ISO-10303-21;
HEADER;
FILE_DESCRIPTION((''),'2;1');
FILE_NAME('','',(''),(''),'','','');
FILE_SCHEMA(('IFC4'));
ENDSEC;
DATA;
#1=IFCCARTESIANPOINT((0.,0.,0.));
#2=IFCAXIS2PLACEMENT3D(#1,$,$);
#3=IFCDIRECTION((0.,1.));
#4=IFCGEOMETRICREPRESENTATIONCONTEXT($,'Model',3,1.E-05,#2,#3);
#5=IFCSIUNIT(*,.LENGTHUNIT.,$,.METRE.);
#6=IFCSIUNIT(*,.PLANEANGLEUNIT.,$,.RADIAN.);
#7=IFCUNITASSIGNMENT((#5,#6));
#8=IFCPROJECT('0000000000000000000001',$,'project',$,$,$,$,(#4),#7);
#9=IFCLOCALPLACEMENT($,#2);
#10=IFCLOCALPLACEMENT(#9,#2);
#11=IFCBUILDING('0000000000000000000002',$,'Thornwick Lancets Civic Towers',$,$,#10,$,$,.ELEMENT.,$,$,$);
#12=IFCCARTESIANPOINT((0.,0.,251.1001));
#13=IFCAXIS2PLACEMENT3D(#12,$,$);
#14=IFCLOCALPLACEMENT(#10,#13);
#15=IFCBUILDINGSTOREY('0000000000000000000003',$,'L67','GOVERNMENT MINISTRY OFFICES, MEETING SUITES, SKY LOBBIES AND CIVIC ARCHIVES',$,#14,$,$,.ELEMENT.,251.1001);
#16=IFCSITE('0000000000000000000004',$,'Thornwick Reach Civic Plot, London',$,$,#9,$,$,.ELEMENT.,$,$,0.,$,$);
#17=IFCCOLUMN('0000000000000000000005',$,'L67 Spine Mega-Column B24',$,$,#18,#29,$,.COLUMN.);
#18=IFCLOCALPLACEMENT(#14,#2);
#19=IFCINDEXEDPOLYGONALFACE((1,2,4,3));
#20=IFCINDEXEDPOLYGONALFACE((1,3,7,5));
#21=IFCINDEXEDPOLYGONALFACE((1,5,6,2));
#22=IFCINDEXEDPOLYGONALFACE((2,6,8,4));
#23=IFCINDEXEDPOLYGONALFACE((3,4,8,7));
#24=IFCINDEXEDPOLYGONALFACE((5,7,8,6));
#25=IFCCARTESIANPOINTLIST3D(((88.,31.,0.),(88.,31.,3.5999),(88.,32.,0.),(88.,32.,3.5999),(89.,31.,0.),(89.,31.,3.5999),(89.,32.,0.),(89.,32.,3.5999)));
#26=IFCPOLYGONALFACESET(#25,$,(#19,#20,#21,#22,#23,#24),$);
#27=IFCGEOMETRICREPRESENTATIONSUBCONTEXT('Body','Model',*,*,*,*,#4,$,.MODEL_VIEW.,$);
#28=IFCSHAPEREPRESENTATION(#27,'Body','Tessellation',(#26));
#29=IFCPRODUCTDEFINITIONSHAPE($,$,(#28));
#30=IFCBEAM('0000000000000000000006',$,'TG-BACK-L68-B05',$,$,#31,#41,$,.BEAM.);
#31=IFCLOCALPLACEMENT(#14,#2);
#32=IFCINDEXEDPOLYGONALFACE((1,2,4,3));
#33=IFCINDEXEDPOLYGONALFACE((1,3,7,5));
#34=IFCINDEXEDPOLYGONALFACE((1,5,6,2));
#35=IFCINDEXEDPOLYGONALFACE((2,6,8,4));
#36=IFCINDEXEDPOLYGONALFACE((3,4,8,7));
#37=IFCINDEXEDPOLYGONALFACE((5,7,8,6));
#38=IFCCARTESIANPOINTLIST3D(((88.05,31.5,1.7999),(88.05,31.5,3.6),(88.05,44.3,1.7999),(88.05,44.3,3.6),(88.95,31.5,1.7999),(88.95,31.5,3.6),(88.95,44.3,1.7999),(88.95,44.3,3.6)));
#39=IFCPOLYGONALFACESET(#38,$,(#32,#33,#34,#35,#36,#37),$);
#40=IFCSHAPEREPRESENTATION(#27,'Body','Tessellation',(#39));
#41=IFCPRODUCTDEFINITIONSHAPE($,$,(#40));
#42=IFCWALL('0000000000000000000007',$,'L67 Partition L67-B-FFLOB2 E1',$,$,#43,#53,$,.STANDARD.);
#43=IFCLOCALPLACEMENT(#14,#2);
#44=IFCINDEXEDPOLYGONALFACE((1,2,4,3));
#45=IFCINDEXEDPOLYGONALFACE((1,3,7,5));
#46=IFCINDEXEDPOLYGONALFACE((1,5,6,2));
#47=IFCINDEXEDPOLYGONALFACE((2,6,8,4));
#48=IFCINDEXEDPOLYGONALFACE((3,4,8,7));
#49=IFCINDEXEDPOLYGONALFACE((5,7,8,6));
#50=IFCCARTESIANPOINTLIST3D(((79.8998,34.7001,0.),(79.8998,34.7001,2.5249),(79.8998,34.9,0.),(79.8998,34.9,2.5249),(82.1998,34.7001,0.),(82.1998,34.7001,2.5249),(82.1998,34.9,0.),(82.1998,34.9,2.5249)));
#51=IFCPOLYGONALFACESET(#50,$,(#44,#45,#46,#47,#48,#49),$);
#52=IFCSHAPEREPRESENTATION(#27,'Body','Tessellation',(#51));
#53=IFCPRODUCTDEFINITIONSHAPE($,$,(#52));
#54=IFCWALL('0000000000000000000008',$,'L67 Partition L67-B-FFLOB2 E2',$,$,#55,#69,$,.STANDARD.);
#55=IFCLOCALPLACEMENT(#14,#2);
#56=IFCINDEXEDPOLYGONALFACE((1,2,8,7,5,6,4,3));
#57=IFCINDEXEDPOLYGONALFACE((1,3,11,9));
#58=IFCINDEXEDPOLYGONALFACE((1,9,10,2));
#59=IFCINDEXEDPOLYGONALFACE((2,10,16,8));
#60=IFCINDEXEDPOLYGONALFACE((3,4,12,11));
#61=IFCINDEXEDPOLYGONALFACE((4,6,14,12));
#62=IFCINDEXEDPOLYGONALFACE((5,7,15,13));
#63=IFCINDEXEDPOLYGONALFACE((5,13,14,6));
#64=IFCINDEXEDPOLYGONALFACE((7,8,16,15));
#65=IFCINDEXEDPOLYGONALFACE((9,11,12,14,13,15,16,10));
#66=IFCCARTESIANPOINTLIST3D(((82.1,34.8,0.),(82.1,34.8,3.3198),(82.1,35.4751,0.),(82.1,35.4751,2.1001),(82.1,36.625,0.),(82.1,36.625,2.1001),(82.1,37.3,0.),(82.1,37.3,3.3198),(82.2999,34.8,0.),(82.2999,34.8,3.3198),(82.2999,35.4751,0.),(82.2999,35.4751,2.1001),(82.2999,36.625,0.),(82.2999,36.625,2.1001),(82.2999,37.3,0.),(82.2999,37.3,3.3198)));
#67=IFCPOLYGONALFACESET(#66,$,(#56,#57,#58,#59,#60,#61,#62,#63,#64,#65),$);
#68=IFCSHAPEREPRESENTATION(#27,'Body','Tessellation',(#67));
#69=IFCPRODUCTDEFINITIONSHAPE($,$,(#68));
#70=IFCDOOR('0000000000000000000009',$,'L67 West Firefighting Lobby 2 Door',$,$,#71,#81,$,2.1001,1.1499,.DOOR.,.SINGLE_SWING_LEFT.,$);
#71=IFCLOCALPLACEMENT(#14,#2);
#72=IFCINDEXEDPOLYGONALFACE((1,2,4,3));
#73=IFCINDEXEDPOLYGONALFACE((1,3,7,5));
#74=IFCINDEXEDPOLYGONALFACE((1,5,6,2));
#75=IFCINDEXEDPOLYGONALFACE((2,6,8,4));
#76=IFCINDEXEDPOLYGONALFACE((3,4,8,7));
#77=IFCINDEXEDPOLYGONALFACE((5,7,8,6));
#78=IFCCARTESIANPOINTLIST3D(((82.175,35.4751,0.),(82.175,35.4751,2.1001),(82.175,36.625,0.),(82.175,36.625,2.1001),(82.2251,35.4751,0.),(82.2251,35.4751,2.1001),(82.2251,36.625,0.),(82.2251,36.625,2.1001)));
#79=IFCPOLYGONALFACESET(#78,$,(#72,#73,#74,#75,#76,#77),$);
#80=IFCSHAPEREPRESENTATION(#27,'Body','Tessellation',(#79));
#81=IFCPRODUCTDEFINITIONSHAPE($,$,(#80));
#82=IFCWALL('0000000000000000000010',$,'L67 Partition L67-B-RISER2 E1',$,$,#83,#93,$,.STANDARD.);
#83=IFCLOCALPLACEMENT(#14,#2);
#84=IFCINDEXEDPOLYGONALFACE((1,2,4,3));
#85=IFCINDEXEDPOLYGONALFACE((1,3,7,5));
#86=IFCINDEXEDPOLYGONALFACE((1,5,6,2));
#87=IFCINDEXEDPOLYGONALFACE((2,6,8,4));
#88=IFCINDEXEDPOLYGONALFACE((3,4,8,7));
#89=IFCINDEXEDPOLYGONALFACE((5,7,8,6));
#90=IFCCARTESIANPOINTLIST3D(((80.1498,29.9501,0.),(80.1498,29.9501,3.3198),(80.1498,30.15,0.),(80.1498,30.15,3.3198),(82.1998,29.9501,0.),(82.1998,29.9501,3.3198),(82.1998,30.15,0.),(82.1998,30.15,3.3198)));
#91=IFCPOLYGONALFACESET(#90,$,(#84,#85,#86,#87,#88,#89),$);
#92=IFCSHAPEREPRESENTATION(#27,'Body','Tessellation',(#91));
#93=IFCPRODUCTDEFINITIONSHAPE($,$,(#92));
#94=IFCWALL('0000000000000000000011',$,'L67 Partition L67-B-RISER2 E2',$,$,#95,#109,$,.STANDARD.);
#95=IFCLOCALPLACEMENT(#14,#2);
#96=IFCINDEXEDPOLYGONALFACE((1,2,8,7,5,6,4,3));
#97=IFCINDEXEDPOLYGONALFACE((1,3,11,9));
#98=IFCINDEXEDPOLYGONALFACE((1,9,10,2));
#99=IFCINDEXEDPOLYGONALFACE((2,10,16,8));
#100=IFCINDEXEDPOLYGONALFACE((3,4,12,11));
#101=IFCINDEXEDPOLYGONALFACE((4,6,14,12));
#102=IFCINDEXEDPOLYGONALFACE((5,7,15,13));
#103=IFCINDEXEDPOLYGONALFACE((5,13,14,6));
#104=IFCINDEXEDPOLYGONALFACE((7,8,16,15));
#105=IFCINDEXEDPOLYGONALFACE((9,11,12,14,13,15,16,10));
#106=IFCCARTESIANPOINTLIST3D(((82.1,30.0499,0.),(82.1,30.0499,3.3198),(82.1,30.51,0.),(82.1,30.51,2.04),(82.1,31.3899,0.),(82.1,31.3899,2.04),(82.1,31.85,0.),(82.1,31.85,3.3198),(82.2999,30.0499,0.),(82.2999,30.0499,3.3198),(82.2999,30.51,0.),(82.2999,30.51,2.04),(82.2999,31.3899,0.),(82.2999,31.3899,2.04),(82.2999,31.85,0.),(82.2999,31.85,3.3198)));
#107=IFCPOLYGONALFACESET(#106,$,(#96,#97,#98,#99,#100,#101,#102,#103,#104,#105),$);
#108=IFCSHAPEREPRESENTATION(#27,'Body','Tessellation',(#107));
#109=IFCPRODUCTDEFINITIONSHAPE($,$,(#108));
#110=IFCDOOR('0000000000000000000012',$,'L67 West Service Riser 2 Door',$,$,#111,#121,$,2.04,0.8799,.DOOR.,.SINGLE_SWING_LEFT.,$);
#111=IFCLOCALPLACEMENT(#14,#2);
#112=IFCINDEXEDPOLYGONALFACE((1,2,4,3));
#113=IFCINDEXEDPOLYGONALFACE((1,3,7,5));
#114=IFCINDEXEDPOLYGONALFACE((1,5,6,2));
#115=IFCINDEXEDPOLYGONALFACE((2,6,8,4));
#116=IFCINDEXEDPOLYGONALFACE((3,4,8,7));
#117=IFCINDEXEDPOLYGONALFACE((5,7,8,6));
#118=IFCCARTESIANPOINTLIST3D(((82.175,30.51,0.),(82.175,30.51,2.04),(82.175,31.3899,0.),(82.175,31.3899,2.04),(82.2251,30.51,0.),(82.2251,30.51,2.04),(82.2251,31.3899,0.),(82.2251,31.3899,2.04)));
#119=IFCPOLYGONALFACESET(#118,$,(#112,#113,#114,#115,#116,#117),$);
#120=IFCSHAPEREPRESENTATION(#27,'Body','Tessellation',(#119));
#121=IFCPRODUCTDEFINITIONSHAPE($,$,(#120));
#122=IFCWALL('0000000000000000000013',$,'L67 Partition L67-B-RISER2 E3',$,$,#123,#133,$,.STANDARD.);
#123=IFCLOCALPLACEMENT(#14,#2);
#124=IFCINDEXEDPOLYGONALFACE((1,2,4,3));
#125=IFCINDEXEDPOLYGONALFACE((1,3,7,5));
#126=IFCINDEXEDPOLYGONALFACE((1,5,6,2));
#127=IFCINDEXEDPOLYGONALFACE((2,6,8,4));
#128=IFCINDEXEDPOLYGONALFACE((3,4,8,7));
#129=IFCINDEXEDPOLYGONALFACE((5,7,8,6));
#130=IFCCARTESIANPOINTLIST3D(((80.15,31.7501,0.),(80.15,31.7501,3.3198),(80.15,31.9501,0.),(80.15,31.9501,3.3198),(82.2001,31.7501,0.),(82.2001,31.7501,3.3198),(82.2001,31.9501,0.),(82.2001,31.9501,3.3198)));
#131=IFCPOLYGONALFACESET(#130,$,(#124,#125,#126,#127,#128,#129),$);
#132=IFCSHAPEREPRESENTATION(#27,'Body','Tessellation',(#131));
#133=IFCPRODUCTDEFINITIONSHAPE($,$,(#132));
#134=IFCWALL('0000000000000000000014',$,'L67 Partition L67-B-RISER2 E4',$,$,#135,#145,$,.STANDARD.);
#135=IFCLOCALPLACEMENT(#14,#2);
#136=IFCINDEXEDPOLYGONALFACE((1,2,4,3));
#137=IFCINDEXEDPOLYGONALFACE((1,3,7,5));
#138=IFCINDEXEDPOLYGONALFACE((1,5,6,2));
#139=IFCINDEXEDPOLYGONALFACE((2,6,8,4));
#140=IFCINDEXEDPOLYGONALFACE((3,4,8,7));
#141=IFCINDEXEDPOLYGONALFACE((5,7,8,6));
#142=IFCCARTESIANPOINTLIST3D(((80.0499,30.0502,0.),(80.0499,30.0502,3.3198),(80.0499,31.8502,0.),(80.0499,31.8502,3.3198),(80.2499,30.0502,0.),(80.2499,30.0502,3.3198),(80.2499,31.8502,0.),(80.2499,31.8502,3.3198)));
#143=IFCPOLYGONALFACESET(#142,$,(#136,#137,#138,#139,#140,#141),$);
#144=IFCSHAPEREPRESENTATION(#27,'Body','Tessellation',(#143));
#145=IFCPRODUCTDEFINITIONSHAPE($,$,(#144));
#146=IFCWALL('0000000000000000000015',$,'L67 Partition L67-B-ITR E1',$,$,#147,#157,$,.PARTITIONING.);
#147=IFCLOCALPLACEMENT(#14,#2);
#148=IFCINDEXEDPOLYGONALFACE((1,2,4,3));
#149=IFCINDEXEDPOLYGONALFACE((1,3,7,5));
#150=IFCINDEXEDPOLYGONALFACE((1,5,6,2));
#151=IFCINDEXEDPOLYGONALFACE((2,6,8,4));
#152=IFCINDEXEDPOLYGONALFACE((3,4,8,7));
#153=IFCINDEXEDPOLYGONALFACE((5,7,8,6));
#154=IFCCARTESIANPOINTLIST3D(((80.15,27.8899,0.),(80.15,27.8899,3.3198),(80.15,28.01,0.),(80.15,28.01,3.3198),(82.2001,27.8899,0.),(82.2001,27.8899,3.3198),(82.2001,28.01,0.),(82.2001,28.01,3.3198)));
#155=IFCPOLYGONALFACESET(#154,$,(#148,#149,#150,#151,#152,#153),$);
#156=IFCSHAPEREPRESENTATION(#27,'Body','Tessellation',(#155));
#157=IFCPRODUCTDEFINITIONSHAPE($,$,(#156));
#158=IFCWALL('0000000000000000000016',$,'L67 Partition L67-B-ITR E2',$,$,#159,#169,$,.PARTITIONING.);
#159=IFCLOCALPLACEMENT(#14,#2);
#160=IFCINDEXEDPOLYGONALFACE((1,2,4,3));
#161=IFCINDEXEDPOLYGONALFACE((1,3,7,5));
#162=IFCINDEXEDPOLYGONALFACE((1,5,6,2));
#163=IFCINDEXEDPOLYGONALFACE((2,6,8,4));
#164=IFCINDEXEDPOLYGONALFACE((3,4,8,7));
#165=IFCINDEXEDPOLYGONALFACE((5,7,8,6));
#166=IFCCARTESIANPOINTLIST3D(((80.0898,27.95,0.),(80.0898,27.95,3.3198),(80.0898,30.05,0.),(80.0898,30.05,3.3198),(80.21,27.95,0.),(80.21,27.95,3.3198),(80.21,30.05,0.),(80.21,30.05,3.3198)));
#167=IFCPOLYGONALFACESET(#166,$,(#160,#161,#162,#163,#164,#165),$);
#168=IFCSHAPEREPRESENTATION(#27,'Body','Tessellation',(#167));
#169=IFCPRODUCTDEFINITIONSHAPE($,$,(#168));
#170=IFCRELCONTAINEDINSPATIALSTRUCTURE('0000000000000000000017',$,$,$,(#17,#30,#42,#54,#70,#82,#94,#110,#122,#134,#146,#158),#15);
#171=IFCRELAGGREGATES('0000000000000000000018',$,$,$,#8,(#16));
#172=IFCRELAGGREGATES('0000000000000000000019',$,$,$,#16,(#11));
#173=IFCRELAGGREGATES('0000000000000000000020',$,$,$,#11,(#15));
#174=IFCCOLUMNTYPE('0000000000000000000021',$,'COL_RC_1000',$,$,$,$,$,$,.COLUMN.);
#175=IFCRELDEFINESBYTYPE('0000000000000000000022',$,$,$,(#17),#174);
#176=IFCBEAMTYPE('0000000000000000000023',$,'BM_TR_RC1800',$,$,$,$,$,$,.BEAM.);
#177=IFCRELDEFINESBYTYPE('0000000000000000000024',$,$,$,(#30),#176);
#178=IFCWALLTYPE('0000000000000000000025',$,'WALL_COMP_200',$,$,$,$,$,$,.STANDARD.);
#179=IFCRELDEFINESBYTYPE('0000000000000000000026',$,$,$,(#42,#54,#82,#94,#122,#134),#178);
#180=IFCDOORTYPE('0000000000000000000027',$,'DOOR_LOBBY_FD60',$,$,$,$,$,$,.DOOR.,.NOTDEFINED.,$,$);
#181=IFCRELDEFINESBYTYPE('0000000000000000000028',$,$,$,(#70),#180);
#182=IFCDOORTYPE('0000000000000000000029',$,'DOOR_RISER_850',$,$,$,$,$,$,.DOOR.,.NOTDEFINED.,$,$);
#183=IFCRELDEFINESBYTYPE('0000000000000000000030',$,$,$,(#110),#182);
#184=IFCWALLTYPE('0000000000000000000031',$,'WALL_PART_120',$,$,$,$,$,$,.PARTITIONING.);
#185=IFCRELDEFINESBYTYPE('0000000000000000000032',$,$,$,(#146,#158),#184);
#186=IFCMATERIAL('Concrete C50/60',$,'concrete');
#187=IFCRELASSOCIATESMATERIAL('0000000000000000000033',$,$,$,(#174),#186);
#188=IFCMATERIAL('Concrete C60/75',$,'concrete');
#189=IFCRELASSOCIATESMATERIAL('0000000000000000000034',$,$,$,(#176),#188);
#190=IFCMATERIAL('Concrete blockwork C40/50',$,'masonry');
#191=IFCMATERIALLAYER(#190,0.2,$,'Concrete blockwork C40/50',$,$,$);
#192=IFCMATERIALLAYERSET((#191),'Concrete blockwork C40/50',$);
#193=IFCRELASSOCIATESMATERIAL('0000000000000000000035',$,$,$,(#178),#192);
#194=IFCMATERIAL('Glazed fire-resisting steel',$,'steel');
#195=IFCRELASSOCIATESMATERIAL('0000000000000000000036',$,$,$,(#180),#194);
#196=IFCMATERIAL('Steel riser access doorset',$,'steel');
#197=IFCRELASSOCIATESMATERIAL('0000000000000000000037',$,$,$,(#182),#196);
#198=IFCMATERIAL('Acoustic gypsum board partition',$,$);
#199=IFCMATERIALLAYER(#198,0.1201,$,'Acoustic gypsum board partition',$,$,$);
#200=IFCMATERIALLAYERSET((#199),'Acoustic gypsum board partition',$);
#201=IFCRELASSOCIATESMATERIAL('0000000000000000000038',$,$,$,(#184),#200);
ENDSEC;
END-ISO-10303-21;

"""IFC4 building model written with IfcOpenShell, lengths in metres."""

from ifc_helpers import new_model, si_unit, direction, frame, frame_2d, origin, origin_2d, place, context, subcontext, project, spatial, rectangle, extrude, material, layer, layer_set, material_profile, profile_set, type_object, element, fill, save


model = new_model("IFC4")

# Units and contexts
model_context = context("Model", 3, precision=1e-05, world=origin(), true_north=direction((0.0, 1.0)))
body_context = subcontext(model_context, "Body", "Model", "MODEL_VIEW")
ifc_project = project(units=[si_unit("LENGTHUNIT", "METRE"), si_unit("PLANEANGLEUNIT", "RADIAN")], contexts=[model_context])

# Site, building, storey
site_placement = place(None, origin())
site = spatial("IfcSite", under=ifc_project, at=site_placement, Name="Thornwick Reach Civic Plot, London", CompositionType="ELEMENT", RefElevation=0.0)
building_placement = place(site_placement, origin())
building = spatial("IfcBuilding", under=site, at=building_placement, Name="Thornwick Lancets Civic Towers", CompositionType="ELEMENT")
storey_placement = place(building_placement, frame((0.0, 0.0, 251.1001)))
storey = spatial("IfcBuildingStorey", under=building, at=storey_placement, Name="L67", Description="GOVERNMENT MINISTRY OFFICES, MEETING SUITES, SKY LOBBIES AND CIVIC ARCHIVES", CompositionType="ELEMENT", Elevation=251.1001)

# Column
ifc_material_1 = material(Name="Concrete C50/60", Category="concrete")
ifc_material_profile_1 = material_profile(ifc_material_1, rectangle(XDim=1.0, YDim=1.0, at=origin_2d()), Name="RC 1000x1000")
ifc_profile_set_1 = profile_set([ifc_material_profile_1], Name="Concrete C50/60")
column_type = type_object("IfcColumnType", Name="COL_RC_1000", PredefinedType="COLUMN", material=ifc_profile_set_1)
column_placement = place(storey_placement, frame((88.5, 31.5, 0.0), z_axis=(0.0, 0.0, 1.0), x_axis=(1.0, 0.0, 0.0)))
element("IfcColumn", 1, at=column_placement, inside=storey, type_object=column_type, Name="L67 Spine Mega-Column B24", PredefinedType="COLUMN", context=body_context, shape_type="SweptSolid", body=[
    extrude(rectangle(XDim=1.0, YDim=1.0, at=origin_2d()), origin(), (0.0, 0.0, 1.0), 3.5999),
])

# Beam
ifc_material_2 = material(Name="Concrete C60/75", Category="concrete")
ifc_material_profile_2 = material_profile(ifc_material_2, rectangle(XDim=0.8999, YDim=1.8, at=origin_2d()), Name="RC 900x1800")
ifc_profile_set_2 = profile_set([ifc_material_profile_2], Name="Concrete C60/75")
beam_type = type_object("IfcBeamType", Name="BM_TR_RC1800", PredefinedType="BEAM", material=ifc_profile_set_2)
beam_placement = place(storey_placement, frame((88.5, 31.5, 2.7), z_axis=(0.0, 1.0, 0.0), x_axis=(-1.0, 0.0, 0.0)))
element("IfcBeam", 2, at=beam_placement, inside=storey, type_object=beam_type, Name="TG-BACK-L68-B05", PredefinedType="BEAM", context=body_context, shape_type="SweptSolid", body=[
    extrude(rectangle(XDim=0.8999, YDim=1.8, at=origin_2d()), origin(), (0.0, 0.0, 1.0), 12.8),
])

# Wall
ifc_material_3 = material(Name="Concrete blockwork C40/50", Category="masonry")
ifc_layer_1 = layer(ifc_material_3, 0.2, Name="Concrete blockwork C40/50")
ifc_layer_set_1 = layer_set([ifc_layer_1], Name="Concrete blockwork C40/50")
wall_type_1 = type_object("IfcWallType", Name="WALL_COMP_200", PredefinedType="STANDARD", material=ifc_layer_set_1)
wall_1_placement = place(storey_placement, frame((79.8999, 34.8, 0.0), z_axis=(0.0, 0.0, 1.0), x_axis=(1.0, 0.0, 0.0)))
element("IfcWall", 3, at=wall_1_placement, inside=storey, type_object=wall_type_1, Name="L67 Partition L67-B-FFLOB2 E1", PredefinedType="STANDARD", context=body_context, shape_type="SweptSolid", body=[
    extrude(rectangle(XDim=2.3, YDim=0.2, at=frame_2d((1.1499, 0.0))), origin(), (0.0, 0.0, 1.0), 2.5249),
])

# Wall, opening, door
wall_2_placement = place(storey_placement, frame((82.2, 34.8, 0.0), z_axis=(0.0, 0.0, 1.0), x_axis=(0.0, 1.0, 0.0)))
wall_2 = element("IfcWall", 4, at=wall_2_placement, inside=storey, type_object=wall_type_1, Name="L67 Partition L67-B-FFLOB2 E2", PredefinedType="STANDARD", context=body_context, shape_type="SweptSolid", body=[
    extrude(rectangle(XDim=2.5, YDim=0.2, at=frame_2d((1.25, 0.0))), origin(), (0.0, 0.0, 1.0), 3.3198),
])
opening_1_placement = place(wall_2_placement, frame((0.675, 0.0, 0.0)))
opening_1 = element("IfcOpeningElement", 5, at=opening_1_placement, cuts=wall_2, PredefinedType="OPENING", context=body_context, shape_type="SweptSolid", body=[
    extrude(rectangle(XDim=1.1499, YDim=2.1001, at=frame_2d((0.575, 1.05))), frame((0.0, 0.1099, 0.0), z_axis=(0.0, -1.0, 0.0), x_axis=(1.0, 0.0, 0.0)), (0.0, 0.0, 1.0), 0.22),
])
ifc_material_4 = material(Name="Glazed fire-resisting steel", Category="steel")
door_type_1 = type_object("IfcDoorType", Name="DOOR_LOBBY_FD60", OperationType="NOTDEFINED", PredefinedType="DOOR", material=ifc_material_4)
door_1_placement = place(opening_1_placement, origin())
door_1 = element("IfcDoor", 6, at=door_1_placement, inside=storey, type_object=door_type_1, Name="L67 West Firefighting Lobby 2 Door", OperationType="SINGLE_SWING_LEFT", OverallHeight=2.1001, OverallWidth=1.1499, PredefinedType="DOOR", context=body_context, shape_type="SweptSolid", body=[
    extrude(rectangle(XDim=1.1499, YDim=2.1001, at=frame_2d((0.575, 1.05))), frame((0.0, 0.0249, 0.0), z_axis=(0.0, -1.0, 0.0), x_axis=(1.0, 0.0, 0.0)), (0.0, 0.0, 1.0), 0.05),
])
fill(opening_1, door_1)

# Wall
wall_3_placement = place(storey_placement, frame((80.1499, 30.05, 0.0), z_axis=(0.0, 0.0, 1.0), x_axis=(1.0, 0.0, 0.0)))
element("IfcWall", 7, at=wall_3_placement, inside=storey, type_object=wall_type_1, Name="L67 Partition L67-B-RISER2 E1", PredefinedType="STANDARD", context=body_context, shape_type="SweptSolid", body=[
    extrude(rectangle(XDim=2.05, YDim=0.2, at=frame_2d((1.0249, 0.0))), origin(), (0.0, 0.0, 1.0), 3.3198),
])

# Wall, opening, door
wall_4_placement = place(storey_placement, frame((82.2, 30.05, 0.0), z_axis=(0.0, 0.0, 1.0), x_axis=(0.0, 1.0, 0.0)))
wall_4 = element("IfcWall", 8, at=wall_4_placement, inside=storey, type_object=wall_type_1, Name="L67 Partition L67-B-RISER2 E2", PredefinedType="STANDARD", context=body_context, shape_type="SweptSolid", body=[
    extrude(rectangle(XDim=1.8, YDim=0.2, at=frame_2d((0.8999, 0.0))), origin(), (0.0, 0.0, 1.0), 3.3198),
])
opening_2_placement = place(wall_4_placement, frame((0.46, 0.0, 0.0)))
opening_2 = element("IfcOpeningElement", 9, at=opening_2_placement, cuts=wall_4, PredefinedType="OPENING", context=body_context, shape_type="SweptSolid", body=[
    extrude(rectangle(XDim=0.8799, YDim=2.04, at=frame_2d((0.4399, 1.02))), frame((0.0, 0.1099, 0.0), z_axis=(0.0, -1.0, 0.0), x_axis=(1.0, 0.0, 0.0)), (0.0, 0.0, 1.0), 0.22),
])
ifc_material_5 = material(Name="Steel riser access doorset", Category="steel")
door_type_2 = type_object("IfcDoorType", Name="DOOR_RISER_850", OperationType="NOTDEFINED", PredefinedType="DOOR", material=ifc_material_5)
door_2_placement = place(opening_2_placement, origin())
door_2 = element("IfcDoor", 10, at=door_2_placement, inside=storey, type_object=door_type_2, Name="L67 West Service Riser 2 Door", OperationType="SINGLE_SWING_LEFT", OverallHeight=2.04, OverallWidth=0.8799, PredefinedType="DOOR", context=body_context, shape_type="SweptSolid", body=[
    extrude(rectangle(XDim=0.8799, YDim=2.04, at=frame_2d((0.4399, 1.02))), frame((0.0, 0.0249, 0.0), z_axis=(0.0, -1.0, 0.0), x_axis=(1.0, 0.0, 0.0)), (0.0, 0.0, 1.0), 0.05),
])
fill(opening_2, door_2)

# Walls
wall_5_placement = place(storey_placement, frame((82.2, 31.8501, 0.0), z_axis=(0.0, 0.0, 1.0), x_axis=(-1.0, 0.0, 0.0)))
element("IfcWall", 11, at=wall_5_placement, inside=storey, type_object=wall_type_1, Name="L67 Partition L67-B-RISER2 E3", PredefinedType="STANDARD", context=body_context, shape_type="SweptSolid", body=[
    extrude(rectangle(XDim=2.05, YDim=0.2, at=frame_2d((1.0249, 0.0))), origin(), (0.0, 0.0, 1.0), 3.3198),
])
wall_6_placement = place(storey_placement, frame((80.1499, 31.8501, 0.0), z_axis=(0.0, 0.0, 1.0), x_axis=(0.0, -1.0, 0.0)))
element("IfcWall", 12, at=wall_6_placement, inside=storey, type_object=wall_type_1, Name="L67 Partition L67-B-RISER2 E4", PredefinedType="STANDARD", context=body_context, shape_type="SweptSolid", body=[
    extrude(rectangle(XDim=1.8, YDim=0.2, at=frame_2d((0.8999, 0.0))), origin(), (0.0, 0.0, 1.0), 3.3198),
])
ifc_material_6 = material(Name="Acoustic gypsum board partition")
ifc_layer_2 = layer(ifc_material_6, 0.1201, Name="Acoustic gypsum board partition")
ifc_layer_set_2 = layer_set([ifc_layer_2], Name="Acoustic gypsum board partition")
wall_type_2 = type_object("IfcWallType", Name="WALL_PART_120", PredefinedType="PARTITIONING", material=ifc_layer_set_2)
wall_7_placement = place(storey_placement, frame((82.2, 27.95, 0.0), z_axis=(0.0, 0.0, 1.0), x_axis=(-1.0, 0.0, 0.0)))
element("IfcWall", 13, at=wall_7_placement, inside=storey, type_object=wall_type_2, Name="L67 Partition L67-B-ITR E1", PredefinedType="PARTITIONING", context=body_context, shape_type="SweptSolid", body=[
    extrude(rectangle(XDim=2.05, YDim=0.1201, at=frame_2d((1.0249, 0.0))), origin(), (0.0, 0.0, 1.0), 3.3198),
])
wall_8_placement = place(storey_placement, frame((80.1499, 27.95, 0.0), z_axis=(0.0, 0.0, 1.0), x_axis=(0.0, 1.0, 0.0)))
element("IfcWall", 14, at=wall_8_placement, inside=storey, type_object=wall_type_2, Name="L67 Partition L67-B-ITR E2", PredefinedType="PARTITIONING", context=body_context, shape_type="SweptSolid", body=[
    extrude(rectangle(XDim=2.1001, YDim=0.1201, at=frame_2d((1.05, 0.0))), origin(), (0.0, 0.0, 1.0), 3.3198),
])

save(model, "model.ifc")
